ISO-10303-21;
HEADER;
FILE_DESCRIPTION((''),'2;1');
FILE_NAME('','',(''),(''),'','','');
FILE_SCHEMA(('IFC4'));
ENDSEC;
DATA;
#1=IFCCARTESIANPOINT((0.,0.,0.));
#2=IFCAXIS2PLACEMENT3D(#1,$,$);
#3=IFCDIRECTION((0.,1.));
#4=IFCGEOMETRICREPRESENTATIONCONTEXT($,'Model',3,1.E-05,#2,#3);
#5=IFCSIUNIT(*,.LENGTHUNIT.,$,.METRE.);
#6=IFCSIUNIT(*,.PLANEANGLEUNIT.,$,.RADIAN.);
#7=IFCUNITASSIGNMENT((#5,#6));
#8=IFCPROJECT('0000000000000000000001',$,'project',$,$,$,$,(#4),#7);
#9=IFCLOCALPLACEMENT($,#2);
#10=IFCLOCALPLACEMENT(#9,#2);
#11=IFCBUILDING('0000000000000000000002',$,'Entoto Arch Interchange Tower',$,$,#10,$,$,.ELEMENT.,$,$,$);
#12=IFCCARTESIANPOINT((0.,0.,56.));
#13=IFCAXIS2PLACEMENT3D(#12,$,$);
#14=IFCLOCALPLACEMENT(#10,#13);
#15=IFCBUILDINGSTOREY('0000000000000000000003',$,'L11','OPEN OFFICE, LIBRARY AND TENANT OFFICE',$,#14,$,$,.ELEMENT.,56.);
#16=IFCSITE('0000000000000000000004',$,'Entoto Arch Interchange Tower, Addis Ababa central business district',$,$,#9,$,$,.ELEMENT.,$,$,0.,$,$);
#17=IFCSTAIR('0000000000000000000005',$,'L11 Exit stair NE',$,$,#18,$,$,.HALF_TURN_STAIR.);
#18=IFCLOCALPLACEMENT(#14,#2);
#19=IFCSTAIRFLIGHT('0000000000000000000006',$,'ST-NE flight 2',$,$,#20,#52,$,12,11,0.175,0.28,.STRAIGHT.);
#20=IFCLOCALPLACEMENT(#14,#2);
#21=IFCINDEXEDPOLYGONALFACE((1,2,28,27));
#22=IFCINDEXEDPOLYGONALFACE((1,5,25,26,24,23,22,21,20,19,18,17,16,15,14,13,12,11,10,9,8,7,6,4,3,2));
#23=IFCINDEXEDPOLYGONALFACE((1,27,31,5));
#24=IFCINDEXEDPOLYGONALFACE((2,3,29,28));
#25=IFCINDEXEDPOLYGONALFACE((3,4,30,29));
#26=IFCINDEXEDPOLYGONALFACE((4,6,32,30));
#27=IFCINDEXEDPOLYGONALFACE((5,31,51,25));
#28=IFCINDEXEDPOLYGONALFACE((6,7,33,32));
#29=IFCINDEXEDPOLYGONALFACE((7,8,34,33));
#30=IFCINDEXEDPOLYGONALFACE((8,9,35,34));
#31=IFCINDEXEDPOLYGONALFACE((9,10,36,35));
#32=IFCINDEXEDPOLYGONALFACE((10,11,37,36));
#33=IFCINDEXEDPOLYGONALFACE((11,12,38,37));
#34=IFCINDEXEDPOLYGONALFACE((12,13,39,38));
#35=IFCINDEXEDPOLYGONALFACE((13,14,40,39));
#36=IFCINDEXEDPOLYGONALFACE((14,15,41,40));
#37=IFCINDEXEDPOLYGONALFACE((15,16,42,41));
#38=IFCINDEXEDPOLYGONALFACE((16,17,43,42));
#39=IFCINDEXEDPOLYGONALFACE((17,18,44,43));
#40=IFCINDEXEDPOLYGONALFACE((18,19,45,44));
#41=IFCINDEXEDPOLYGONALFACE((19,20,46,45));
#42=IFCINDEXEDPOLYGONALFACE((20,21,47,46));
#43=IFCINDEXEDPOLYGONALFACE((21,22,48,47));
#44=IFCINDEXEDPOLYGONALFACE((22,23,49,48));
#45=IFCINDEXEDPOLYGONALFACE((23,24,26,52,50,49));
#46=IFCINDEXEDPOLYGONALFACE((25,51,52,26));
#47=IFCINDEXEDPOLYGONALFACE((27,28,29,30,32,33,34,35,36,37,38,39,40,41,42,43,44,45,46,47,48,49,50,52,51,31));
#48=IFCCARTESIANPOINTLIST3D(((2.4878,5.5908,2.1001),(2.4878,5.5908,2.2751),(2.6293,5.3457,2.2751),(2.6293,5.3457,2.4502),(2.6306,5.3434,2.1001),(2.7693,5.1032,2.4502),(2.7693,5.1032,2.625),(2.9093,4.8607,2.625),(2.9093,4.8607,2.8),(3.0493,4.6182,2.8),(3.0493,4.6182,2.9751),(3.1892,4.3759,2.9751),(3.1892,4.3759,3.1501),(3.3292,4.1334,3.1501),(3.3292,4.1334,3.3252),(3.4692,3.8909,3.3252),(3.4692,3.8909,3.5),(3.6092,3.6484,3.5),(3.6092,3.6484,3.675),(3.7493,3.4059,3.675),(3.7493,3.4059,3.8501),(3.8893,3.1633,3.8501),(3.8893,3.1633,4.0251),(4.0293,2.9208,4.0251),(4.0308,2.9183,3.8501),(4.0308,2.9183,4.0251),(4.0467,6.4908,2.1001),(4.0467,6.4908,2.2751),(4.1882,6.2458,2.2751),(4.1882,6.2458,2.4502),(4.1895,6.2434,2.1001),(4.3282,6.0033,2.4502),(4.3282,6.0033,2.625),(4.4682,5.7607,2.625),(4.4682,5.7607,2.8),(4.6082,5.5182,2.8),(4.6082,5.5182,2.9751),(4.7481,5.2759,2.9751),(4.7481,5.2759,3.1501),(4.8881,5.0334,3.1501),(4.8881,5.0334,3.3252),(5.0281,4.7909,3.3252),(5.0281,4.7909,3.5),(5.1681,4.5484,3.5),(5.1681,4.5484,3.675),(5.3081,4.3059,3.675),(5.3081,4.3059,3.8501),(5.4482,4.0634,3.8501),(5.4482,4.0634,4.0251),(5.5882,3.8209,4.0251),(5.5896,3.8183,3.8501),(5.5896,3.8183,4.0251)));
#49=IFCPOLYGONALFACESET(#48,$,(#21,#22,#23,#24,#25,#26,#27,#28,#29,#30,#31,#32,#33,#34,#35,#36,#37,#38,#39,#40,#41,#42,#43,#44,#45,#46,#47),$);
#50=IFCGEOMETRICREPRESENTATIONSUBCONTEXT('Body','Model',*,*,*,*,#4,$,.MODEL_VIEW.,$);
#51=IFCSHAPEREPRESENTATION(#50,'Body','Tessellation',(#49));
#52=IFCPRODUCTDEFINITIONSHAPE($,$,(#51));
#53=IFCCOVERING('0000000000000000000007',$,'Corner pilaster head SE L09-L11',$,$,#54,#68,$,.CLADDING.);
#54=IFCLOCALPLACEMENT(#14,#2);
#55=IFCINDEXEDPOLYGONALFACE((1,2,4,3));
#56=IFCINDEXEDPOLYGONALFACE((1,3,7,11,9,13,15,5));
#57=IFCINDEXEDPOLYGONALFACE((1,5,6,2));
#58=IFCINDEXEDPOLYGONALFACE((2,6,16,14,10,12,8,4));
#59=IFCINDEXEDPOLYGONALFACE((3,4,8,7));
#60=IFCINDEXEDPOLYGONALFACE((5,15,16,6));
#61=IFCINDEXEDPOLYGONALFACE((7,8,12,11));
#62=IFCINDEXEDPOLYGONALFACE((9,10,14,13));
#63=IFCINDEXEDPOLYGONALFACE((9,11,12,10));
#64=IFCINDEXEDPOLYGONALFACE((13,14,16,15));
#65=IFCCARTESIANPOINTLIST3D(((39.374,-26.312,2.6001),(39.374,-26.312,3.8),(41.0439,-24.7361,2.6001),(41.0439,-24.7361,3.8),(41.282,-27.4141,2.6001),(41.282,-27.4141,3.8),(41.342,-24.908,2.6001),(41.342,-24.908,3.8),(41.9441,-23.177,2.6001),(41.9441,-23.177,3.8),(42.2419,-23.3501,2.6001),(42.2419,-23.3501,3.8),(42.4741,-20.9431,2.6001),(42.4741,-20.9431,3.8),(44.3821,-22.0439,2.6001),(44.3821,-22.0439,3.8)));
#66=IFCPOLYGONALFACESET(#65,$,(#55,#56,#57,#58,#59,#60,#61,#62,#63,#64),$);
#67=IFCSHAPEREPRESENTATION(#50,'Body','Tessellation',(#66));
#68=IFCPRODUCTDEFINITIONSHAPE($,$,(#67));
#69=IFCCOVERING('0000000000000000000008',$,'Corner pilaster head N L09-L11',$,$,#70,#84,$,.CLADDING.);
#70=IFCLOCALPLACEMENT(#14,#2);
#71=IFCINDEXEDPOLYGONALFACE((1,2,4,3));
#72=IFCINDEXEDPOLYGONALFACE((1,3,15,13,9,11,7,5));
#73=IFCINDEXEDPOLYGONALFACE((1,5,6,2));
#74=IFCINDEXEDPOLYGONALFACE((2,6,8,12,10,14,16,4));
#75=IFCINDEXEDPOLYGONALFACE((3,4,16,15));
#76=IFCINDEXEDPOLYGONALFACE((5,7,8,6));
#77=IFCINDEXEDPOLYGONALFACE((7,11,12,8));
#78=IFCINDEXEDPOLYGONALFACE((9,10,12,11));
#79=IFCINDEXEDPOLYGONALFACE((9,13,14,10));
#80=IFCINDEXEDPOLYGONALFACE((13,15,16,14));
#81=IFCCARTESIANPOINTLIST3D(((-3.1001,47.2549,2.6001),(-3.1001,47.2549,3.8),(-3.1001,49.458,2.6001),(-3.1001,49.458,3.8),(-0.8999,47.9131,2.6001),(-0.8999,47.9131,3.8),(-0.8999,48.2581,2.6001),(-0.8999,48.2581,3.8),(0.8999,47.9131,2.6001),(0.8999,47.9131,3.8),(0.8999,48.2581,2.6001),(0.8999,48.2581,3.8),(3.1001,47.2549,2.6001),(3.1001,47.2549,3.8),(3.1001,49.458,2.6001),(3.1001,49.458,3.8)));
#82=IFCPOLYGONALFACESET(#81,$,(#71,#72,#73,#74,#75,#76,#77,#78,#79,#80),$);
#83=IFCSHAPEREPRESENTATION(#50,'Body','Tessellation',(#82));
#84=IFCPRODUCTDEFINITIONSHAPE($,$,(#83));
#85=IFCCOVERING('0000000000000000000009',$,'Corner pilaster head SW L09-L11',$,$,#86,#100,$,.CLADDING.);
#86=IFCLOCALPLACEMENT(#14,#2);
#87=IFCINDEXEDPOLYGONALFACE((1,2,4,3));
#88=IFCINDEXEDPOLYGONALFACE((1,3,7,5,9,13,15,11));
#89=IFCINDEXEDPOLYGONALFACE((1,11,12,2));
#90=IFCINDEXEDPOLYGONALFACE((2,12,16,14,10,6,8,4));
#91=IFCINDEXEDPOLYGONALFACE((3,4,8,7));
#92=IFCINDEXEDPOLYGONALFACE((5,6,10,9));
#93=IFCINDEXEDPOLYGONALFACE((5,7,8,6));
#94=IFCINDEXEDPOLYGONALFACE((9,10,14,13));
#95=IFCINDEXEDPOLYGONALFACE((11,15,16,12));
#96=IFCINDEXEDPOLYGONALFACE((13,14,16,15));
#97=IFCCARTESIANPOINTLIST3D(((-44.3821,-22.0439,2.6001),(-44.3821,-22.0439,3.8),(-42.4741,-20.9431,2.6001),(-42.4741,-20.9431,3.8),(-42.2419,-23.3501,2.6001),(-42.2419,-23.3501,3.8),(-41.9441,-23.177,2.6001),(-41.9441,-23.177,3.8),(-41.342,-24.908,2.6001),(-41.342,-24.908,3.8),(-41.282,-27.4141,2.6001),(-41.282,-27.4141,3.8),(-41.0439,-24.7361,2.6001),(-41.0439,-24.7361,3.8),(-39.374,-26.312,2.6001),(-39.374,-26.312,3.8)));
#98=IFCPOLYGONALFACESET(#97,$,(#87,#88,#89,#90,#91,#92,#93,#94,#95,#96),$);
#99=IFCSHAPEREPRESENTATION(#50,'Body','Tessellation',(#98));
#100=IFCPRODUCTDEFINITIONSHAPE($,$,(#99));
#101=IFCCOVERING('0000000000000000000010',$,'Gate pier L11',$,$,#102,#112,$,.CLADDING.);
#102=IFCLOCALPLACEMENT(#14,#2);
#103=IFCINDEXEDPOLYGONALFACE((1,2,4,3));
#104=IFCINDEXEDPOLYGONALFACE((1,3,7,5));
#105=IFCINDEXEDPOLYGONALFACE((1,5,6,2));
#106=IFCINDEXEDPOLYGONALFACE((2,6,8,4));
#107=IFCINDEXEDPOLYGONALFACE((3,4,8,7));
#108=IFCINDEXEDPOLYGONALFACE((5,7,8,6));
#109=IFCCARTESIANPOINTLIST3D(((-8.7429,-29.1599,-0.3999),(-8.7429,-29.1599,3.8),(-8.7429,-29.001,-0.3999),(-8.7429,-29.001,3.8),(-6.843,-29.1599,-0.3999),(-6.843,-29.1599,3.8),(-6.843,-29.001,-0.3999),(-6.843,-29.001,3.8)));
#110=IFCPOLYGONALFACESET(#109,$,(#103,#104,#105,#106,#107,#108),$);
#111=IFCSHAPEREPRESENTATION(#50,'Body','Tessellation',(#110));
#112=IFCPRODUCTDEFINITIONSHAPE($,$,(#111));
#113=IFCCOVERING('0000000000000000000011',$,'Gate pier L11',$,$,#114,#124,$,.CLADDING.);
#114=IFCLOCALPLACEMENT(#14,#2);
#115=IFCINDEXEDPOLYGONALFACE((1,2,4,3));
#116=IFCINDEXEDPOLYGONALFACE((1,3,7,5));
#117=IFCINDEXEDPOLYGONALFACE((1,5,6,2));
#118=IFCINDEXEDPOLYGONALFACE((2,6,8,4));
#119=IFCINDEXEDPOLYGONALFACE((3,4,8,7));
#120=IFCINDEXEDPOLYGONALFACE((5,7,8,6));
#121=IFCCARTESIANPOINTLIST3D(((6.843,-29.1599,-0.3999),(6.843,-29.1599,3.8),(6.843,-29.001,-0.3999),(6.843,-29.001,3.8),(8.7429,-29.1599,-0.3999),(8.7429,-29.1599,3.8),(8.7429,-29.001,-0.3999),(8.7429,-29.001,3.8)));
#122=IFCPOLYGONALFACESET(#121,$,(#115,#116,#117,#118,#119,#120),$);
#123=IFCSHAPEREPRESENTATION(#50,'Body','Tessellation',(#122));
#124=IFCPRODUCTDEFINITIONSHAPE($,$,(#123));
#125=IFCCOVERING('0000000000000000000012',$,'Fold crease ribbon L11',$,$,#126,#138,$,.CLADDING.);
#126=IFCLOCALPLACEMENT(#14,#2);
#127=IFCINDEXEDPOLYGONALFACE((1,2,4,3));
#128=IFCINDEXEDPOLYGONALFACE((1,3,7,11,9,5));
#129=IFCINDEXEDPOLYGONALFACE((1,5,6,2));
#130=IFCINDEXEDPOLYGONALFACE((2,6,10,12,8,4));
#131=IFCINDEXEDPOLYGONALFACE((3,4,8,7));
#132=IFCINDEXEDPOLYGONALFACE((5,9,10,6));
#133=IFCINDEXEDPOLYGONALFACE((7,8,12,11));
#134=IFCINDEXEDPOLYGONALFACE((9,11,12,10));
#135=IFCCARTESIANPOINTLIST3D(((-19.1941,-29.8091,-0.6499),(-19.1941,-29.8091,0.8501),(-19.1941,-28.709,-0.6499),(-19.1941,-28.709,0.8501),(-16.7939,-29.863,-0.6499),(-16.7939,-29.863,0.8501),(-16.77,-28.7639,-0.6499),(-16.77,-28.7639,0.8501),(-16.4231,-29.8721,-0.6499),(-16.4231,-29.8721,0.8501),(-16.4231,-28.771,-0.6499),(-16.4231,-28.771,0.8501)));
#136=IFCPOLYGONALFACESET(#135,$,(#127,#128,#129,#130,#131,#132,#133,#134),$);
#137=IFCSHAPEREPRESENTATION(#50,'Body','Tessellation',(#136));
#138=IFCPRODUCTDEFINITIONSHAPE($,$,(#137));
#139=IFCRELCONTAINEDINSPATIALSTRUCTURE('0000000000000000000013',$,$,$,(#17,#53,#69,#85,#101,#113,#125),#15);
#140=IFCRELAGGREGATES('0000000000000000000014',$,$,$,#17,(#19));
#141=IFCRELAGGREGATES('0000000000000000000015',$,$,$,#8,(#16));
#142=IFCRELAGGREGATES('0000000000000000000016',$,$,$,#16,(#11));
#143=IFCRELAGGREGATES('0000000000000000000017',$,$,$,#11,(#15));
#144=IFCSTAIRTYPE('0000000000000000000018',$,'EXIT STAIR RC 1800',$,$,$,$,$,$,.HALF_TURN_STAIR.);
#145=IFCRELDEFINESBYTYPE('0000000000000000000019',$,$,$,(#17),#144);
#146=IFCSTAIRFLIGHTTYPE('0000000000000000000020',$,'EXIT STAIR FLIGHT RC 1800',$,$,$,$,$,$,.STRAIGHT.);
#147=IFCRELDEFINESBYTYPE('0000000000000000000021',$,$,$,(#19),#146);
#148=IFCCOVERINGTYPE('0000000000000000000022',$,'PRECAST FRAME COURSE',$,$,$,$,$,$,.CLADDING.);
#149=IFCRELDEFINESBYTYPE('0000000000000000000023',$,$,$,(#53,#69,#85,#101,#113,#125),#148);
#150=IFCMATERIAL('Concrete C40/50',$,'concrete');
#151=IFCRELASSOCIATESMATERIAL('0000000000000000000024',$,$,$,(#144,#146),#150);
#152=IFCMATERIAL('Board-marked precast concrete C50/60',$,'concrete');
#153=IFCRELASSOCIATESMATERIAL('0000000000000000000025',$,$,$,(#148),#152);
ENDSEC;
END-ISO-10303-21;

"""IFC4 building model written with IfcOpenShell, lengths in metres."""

from ifc_helpers import new_model, si_unit, direction, frame, origin, place, context, subcontext, project, spatial, polyline, outline, extrude, material, type_object, element, aggregate, save


model = new_model("IFC4")

# Units and contexts
model_context = context("Model", 3, precision=1e-05, world=origin(), true_north=direction((0.0, 1.0)))
body_context = subcontext(model_context, "Body", "Model", "MODEL_VIEW")
ifc_project = project(units=[si_unit("LENGTHUNIT", "METRE"), si_unit("PLANEANGLEUNIT", "RADIAN")], contexts=[model_context])

# Site, building, storey
site_placement = place(None, origin())
site = spatial("IfcSite", under=ifc_project, at=site_placement, Name="Entoto Arch Interchange Tower, Addis Ababa central business district", CompositionType="ELEMENT", RefElevation=0.0)
building_placement = place(site_placement, origin())
building = spatial("IfcBuilding", under=site, at=building_placement, Name="Entoto Arch Interchange Tower", CompositionType="ELEMENT")
storey_placement = place(building_placement, frame((0.0, 0.0, 56.0)))
storey = spatial("IfcBuildingStorey", under=building, at=storey_placement, Name="L11", Description="OPEN OFFICE, LIBRARY AND TENANT OFFICE", CompositionType="ELEMENT", Elevation=56.0)

# Shared definitions
ifc_material_1 = material(Name="Concrete C40/50", Category="concrete")

# Stair
stair_type = type_object("IfcStairType", Name="EXIT STAIR RC 1800", PredefinedType="HALF_TURN_STAIR", material=ifc_material_1)
stair_1_placement = place(storey_placement, origin())
stair_1 = element("IfcStair", 1, at=stair_1_placement, inside=storey, type_object=stair_type, Name="L11 Exit stair NE", PredefinedType="HALF_TURN_STAIR")

# Stair flight
stair_flight_type = type_object("IfcStairFlightType", Name="EXIT STAIR FLIGHT RC 1800", PredefinedType="STRAIGHT", material=ifc_material_1)
stair_flight_placement = place(storey_placement, frame((3.2688, 6.0383, 2.1001), z_axis=(0.0, 0.0, 1.0), x_axis=(0.5, -0.866025, 0.0)))
stair_flight = element("IfcStairFlight", 2, at=stair_flight_placement, type_object=stair_flight_type, Name="ST-NE flight 2", NumberOfRisers=12, NumberOfTreads=11, PredefinedType="STRAIGHT", RiserHeight=0.175, TreadLength=0.28, context=body_context, shape_type="SweptSolid", body=[
    extrude(outline(polyline([(-0.0029, 0.0), (-0.0029, 0.175), (0.28, 0.175), (0.28, 0.3501), (0.5601, 0.3501), (0.5601, 0.5249), (0.8401, 0.5249), (0.8401, 0.7), (1.1201, 0.7), (1.1201, 0.875), (1.3999, 0.875), (1.3999, 1.05), (1.6799, 1.05), (1.6799, 1.2251), (1.96, 1.2251), (1.96, 1.3999), (2.24, 1.3999), (2.24, 1.575), (2.52, 1.575), (2.52, 1.75), (2.8, 1.75), (2.8, 1.925), (3.0801, 1.925), (3.083, 1.925), (3.083, 1.75), (0.2827, 0.0), (-0.0029, 0.0)])), frame((0.0, 0.8999, 0.0), z_axis=(0.0, -1.0, 0.0), x_axis=(1.0, 0.0, 0.0)), (0.0, 0.0, 1.0), 1.8),
])
aggregate(stair_1, [stair_flight])

# Coverings
ifc_material_2 = material(Name="Board-marked precast concrete C50/60", Category="concrete")
covering_type = type_object("IfcCoveringType", Name="PRECAST FRAME COURSE", PredefinedType="CLADDING", material=ifc_material_2)
covering_1_placement = place(storey_placement, frame((0.0, 0.0, 2.6001)))
element("IfcCovering", 3, at=covering_1_placement, inside=storey, type_object=covering_type, Name="Corner pilaster head SE L09-L11", PredefinedType="CLADDING", context=body_context, shape_type="SweptSolid", body=[
    extrude(outline(polyline([(44.3821, -22.0439), (41.282, -27.4141), (39.374, -26.312), (41.0439, -24.7361), (41.342, -24.908), (42.2419, -23.3501), (41.9441, -23.177), (42.4741, -20.9431), (44.3821, -22.0439)])), origin(), (0.0, 0.0, 1.0), 1.2),
])
covering_2_placement = place(storey_placement, frame((0.0, 0.0, 2.6001)))
element("IfcCovering", 4, at=covering_2_placement, inside=storey, type_object=covering_type, Name="Corner pilaster head N L09-L11", PredefinedType="CLADDING", context=body_context, shape_type="SweptSolid", body=[
    extrude(outline(polyline([(-3.1001, 49.458), (3.1001, 49.458), (3.1001, 47.2549), (0.8999, 47.9131), (0.8999, 48.2581), (-0.8999, 48.2581), (-0.8999, 47.9131), (-3.1001, 47.2549), (-3.1001, 49.458)])), origin(), (0.0, 0.0, 1.0), 1.2),
])
covering_3_placement = place(storey_placement, frame((0.0, 0.0, 2.6001)))
element("IfcCovering", 5, at=covering_3_placement, inside=storey, type_object=covering_type, Name="Corner pilaster head SW L09-L11", PredefinedType="CLADDING", context=body_context, shape_type="SweptSolid", body=[
    extrude(outline(polyline([(-41.282, -27.4141), (-44.3821, -22.0439), (-42.4741, -20.9431), (-41.9441, -23.177), (-42.2419, -23.3501), (-41.342, -24.908), (-41.0439, -24.7361), (-39.374, -26.312), (-41.282, -27.4141)])), origin(), (0.0, 0.0, 1.0), 1.2),
])
covering_4_placement = place(storey_placement, frame((0.0, 0.0, -0.3999)))
element("IfcCovering", 6, at=covering_4_placement, inside=storey, type_object=covering_type, Name="Gate pier L11", PredefinedType="CLADDING", context=body_context, shape_type="SweptSolid", body=[
    extrude(outline(polyline([(-8.7429, -29.001), (-6.843, -29.001), (-6.843, -29.1599), (-8.7429, -29.1599), (-8.7429, -29.001)])), origin(), (0.0, 0.0, 1.0), 4.2),
])
covering_5_placement = place(storey_placement, frame((0.0, 0.0, -0.3999)))
element("IfcCovering", 7, at=covering_5_placement, inside=storey, type_object=covering_type, Name="Gate pier L11", PredefinedType="CLADDING", context=body_context, shape_type="SweptSolid", body=[
    extrude(outline(polyline([(6.843, -29.001), (8.7429, -29.001), (8.7429, -29.1599), (6.843, -29.1599), (6.843, -29.001)])), origin(), (0.0, 0.0, 1.0), 4.2),
])
covering_6_placement = place(storey_placement, frame((0.0, 0.0, -0.6499)))
element("IfcCovering", 8, at=covering_6_placement, inside=storey, type_object=covering_type, Name="Fold crease ribbon L11", PredefinedType="CLADDING", context=body_context, shape_type="SweptSolid", body=[
    extrude(outline(polyline([(-16.7939, -29.863), (-19.1941, -29.8091), (-19.1941, -28.709), (-16.77, -28.7639), (-16.77, -28.7639), (-16.4231, -28.771), (-16.4231, -29.8721), (-16.7939, -29.863)])), origin(), (0.0, 0.0, 1.0), 1.5),
])

save(model, "model.ifc")
